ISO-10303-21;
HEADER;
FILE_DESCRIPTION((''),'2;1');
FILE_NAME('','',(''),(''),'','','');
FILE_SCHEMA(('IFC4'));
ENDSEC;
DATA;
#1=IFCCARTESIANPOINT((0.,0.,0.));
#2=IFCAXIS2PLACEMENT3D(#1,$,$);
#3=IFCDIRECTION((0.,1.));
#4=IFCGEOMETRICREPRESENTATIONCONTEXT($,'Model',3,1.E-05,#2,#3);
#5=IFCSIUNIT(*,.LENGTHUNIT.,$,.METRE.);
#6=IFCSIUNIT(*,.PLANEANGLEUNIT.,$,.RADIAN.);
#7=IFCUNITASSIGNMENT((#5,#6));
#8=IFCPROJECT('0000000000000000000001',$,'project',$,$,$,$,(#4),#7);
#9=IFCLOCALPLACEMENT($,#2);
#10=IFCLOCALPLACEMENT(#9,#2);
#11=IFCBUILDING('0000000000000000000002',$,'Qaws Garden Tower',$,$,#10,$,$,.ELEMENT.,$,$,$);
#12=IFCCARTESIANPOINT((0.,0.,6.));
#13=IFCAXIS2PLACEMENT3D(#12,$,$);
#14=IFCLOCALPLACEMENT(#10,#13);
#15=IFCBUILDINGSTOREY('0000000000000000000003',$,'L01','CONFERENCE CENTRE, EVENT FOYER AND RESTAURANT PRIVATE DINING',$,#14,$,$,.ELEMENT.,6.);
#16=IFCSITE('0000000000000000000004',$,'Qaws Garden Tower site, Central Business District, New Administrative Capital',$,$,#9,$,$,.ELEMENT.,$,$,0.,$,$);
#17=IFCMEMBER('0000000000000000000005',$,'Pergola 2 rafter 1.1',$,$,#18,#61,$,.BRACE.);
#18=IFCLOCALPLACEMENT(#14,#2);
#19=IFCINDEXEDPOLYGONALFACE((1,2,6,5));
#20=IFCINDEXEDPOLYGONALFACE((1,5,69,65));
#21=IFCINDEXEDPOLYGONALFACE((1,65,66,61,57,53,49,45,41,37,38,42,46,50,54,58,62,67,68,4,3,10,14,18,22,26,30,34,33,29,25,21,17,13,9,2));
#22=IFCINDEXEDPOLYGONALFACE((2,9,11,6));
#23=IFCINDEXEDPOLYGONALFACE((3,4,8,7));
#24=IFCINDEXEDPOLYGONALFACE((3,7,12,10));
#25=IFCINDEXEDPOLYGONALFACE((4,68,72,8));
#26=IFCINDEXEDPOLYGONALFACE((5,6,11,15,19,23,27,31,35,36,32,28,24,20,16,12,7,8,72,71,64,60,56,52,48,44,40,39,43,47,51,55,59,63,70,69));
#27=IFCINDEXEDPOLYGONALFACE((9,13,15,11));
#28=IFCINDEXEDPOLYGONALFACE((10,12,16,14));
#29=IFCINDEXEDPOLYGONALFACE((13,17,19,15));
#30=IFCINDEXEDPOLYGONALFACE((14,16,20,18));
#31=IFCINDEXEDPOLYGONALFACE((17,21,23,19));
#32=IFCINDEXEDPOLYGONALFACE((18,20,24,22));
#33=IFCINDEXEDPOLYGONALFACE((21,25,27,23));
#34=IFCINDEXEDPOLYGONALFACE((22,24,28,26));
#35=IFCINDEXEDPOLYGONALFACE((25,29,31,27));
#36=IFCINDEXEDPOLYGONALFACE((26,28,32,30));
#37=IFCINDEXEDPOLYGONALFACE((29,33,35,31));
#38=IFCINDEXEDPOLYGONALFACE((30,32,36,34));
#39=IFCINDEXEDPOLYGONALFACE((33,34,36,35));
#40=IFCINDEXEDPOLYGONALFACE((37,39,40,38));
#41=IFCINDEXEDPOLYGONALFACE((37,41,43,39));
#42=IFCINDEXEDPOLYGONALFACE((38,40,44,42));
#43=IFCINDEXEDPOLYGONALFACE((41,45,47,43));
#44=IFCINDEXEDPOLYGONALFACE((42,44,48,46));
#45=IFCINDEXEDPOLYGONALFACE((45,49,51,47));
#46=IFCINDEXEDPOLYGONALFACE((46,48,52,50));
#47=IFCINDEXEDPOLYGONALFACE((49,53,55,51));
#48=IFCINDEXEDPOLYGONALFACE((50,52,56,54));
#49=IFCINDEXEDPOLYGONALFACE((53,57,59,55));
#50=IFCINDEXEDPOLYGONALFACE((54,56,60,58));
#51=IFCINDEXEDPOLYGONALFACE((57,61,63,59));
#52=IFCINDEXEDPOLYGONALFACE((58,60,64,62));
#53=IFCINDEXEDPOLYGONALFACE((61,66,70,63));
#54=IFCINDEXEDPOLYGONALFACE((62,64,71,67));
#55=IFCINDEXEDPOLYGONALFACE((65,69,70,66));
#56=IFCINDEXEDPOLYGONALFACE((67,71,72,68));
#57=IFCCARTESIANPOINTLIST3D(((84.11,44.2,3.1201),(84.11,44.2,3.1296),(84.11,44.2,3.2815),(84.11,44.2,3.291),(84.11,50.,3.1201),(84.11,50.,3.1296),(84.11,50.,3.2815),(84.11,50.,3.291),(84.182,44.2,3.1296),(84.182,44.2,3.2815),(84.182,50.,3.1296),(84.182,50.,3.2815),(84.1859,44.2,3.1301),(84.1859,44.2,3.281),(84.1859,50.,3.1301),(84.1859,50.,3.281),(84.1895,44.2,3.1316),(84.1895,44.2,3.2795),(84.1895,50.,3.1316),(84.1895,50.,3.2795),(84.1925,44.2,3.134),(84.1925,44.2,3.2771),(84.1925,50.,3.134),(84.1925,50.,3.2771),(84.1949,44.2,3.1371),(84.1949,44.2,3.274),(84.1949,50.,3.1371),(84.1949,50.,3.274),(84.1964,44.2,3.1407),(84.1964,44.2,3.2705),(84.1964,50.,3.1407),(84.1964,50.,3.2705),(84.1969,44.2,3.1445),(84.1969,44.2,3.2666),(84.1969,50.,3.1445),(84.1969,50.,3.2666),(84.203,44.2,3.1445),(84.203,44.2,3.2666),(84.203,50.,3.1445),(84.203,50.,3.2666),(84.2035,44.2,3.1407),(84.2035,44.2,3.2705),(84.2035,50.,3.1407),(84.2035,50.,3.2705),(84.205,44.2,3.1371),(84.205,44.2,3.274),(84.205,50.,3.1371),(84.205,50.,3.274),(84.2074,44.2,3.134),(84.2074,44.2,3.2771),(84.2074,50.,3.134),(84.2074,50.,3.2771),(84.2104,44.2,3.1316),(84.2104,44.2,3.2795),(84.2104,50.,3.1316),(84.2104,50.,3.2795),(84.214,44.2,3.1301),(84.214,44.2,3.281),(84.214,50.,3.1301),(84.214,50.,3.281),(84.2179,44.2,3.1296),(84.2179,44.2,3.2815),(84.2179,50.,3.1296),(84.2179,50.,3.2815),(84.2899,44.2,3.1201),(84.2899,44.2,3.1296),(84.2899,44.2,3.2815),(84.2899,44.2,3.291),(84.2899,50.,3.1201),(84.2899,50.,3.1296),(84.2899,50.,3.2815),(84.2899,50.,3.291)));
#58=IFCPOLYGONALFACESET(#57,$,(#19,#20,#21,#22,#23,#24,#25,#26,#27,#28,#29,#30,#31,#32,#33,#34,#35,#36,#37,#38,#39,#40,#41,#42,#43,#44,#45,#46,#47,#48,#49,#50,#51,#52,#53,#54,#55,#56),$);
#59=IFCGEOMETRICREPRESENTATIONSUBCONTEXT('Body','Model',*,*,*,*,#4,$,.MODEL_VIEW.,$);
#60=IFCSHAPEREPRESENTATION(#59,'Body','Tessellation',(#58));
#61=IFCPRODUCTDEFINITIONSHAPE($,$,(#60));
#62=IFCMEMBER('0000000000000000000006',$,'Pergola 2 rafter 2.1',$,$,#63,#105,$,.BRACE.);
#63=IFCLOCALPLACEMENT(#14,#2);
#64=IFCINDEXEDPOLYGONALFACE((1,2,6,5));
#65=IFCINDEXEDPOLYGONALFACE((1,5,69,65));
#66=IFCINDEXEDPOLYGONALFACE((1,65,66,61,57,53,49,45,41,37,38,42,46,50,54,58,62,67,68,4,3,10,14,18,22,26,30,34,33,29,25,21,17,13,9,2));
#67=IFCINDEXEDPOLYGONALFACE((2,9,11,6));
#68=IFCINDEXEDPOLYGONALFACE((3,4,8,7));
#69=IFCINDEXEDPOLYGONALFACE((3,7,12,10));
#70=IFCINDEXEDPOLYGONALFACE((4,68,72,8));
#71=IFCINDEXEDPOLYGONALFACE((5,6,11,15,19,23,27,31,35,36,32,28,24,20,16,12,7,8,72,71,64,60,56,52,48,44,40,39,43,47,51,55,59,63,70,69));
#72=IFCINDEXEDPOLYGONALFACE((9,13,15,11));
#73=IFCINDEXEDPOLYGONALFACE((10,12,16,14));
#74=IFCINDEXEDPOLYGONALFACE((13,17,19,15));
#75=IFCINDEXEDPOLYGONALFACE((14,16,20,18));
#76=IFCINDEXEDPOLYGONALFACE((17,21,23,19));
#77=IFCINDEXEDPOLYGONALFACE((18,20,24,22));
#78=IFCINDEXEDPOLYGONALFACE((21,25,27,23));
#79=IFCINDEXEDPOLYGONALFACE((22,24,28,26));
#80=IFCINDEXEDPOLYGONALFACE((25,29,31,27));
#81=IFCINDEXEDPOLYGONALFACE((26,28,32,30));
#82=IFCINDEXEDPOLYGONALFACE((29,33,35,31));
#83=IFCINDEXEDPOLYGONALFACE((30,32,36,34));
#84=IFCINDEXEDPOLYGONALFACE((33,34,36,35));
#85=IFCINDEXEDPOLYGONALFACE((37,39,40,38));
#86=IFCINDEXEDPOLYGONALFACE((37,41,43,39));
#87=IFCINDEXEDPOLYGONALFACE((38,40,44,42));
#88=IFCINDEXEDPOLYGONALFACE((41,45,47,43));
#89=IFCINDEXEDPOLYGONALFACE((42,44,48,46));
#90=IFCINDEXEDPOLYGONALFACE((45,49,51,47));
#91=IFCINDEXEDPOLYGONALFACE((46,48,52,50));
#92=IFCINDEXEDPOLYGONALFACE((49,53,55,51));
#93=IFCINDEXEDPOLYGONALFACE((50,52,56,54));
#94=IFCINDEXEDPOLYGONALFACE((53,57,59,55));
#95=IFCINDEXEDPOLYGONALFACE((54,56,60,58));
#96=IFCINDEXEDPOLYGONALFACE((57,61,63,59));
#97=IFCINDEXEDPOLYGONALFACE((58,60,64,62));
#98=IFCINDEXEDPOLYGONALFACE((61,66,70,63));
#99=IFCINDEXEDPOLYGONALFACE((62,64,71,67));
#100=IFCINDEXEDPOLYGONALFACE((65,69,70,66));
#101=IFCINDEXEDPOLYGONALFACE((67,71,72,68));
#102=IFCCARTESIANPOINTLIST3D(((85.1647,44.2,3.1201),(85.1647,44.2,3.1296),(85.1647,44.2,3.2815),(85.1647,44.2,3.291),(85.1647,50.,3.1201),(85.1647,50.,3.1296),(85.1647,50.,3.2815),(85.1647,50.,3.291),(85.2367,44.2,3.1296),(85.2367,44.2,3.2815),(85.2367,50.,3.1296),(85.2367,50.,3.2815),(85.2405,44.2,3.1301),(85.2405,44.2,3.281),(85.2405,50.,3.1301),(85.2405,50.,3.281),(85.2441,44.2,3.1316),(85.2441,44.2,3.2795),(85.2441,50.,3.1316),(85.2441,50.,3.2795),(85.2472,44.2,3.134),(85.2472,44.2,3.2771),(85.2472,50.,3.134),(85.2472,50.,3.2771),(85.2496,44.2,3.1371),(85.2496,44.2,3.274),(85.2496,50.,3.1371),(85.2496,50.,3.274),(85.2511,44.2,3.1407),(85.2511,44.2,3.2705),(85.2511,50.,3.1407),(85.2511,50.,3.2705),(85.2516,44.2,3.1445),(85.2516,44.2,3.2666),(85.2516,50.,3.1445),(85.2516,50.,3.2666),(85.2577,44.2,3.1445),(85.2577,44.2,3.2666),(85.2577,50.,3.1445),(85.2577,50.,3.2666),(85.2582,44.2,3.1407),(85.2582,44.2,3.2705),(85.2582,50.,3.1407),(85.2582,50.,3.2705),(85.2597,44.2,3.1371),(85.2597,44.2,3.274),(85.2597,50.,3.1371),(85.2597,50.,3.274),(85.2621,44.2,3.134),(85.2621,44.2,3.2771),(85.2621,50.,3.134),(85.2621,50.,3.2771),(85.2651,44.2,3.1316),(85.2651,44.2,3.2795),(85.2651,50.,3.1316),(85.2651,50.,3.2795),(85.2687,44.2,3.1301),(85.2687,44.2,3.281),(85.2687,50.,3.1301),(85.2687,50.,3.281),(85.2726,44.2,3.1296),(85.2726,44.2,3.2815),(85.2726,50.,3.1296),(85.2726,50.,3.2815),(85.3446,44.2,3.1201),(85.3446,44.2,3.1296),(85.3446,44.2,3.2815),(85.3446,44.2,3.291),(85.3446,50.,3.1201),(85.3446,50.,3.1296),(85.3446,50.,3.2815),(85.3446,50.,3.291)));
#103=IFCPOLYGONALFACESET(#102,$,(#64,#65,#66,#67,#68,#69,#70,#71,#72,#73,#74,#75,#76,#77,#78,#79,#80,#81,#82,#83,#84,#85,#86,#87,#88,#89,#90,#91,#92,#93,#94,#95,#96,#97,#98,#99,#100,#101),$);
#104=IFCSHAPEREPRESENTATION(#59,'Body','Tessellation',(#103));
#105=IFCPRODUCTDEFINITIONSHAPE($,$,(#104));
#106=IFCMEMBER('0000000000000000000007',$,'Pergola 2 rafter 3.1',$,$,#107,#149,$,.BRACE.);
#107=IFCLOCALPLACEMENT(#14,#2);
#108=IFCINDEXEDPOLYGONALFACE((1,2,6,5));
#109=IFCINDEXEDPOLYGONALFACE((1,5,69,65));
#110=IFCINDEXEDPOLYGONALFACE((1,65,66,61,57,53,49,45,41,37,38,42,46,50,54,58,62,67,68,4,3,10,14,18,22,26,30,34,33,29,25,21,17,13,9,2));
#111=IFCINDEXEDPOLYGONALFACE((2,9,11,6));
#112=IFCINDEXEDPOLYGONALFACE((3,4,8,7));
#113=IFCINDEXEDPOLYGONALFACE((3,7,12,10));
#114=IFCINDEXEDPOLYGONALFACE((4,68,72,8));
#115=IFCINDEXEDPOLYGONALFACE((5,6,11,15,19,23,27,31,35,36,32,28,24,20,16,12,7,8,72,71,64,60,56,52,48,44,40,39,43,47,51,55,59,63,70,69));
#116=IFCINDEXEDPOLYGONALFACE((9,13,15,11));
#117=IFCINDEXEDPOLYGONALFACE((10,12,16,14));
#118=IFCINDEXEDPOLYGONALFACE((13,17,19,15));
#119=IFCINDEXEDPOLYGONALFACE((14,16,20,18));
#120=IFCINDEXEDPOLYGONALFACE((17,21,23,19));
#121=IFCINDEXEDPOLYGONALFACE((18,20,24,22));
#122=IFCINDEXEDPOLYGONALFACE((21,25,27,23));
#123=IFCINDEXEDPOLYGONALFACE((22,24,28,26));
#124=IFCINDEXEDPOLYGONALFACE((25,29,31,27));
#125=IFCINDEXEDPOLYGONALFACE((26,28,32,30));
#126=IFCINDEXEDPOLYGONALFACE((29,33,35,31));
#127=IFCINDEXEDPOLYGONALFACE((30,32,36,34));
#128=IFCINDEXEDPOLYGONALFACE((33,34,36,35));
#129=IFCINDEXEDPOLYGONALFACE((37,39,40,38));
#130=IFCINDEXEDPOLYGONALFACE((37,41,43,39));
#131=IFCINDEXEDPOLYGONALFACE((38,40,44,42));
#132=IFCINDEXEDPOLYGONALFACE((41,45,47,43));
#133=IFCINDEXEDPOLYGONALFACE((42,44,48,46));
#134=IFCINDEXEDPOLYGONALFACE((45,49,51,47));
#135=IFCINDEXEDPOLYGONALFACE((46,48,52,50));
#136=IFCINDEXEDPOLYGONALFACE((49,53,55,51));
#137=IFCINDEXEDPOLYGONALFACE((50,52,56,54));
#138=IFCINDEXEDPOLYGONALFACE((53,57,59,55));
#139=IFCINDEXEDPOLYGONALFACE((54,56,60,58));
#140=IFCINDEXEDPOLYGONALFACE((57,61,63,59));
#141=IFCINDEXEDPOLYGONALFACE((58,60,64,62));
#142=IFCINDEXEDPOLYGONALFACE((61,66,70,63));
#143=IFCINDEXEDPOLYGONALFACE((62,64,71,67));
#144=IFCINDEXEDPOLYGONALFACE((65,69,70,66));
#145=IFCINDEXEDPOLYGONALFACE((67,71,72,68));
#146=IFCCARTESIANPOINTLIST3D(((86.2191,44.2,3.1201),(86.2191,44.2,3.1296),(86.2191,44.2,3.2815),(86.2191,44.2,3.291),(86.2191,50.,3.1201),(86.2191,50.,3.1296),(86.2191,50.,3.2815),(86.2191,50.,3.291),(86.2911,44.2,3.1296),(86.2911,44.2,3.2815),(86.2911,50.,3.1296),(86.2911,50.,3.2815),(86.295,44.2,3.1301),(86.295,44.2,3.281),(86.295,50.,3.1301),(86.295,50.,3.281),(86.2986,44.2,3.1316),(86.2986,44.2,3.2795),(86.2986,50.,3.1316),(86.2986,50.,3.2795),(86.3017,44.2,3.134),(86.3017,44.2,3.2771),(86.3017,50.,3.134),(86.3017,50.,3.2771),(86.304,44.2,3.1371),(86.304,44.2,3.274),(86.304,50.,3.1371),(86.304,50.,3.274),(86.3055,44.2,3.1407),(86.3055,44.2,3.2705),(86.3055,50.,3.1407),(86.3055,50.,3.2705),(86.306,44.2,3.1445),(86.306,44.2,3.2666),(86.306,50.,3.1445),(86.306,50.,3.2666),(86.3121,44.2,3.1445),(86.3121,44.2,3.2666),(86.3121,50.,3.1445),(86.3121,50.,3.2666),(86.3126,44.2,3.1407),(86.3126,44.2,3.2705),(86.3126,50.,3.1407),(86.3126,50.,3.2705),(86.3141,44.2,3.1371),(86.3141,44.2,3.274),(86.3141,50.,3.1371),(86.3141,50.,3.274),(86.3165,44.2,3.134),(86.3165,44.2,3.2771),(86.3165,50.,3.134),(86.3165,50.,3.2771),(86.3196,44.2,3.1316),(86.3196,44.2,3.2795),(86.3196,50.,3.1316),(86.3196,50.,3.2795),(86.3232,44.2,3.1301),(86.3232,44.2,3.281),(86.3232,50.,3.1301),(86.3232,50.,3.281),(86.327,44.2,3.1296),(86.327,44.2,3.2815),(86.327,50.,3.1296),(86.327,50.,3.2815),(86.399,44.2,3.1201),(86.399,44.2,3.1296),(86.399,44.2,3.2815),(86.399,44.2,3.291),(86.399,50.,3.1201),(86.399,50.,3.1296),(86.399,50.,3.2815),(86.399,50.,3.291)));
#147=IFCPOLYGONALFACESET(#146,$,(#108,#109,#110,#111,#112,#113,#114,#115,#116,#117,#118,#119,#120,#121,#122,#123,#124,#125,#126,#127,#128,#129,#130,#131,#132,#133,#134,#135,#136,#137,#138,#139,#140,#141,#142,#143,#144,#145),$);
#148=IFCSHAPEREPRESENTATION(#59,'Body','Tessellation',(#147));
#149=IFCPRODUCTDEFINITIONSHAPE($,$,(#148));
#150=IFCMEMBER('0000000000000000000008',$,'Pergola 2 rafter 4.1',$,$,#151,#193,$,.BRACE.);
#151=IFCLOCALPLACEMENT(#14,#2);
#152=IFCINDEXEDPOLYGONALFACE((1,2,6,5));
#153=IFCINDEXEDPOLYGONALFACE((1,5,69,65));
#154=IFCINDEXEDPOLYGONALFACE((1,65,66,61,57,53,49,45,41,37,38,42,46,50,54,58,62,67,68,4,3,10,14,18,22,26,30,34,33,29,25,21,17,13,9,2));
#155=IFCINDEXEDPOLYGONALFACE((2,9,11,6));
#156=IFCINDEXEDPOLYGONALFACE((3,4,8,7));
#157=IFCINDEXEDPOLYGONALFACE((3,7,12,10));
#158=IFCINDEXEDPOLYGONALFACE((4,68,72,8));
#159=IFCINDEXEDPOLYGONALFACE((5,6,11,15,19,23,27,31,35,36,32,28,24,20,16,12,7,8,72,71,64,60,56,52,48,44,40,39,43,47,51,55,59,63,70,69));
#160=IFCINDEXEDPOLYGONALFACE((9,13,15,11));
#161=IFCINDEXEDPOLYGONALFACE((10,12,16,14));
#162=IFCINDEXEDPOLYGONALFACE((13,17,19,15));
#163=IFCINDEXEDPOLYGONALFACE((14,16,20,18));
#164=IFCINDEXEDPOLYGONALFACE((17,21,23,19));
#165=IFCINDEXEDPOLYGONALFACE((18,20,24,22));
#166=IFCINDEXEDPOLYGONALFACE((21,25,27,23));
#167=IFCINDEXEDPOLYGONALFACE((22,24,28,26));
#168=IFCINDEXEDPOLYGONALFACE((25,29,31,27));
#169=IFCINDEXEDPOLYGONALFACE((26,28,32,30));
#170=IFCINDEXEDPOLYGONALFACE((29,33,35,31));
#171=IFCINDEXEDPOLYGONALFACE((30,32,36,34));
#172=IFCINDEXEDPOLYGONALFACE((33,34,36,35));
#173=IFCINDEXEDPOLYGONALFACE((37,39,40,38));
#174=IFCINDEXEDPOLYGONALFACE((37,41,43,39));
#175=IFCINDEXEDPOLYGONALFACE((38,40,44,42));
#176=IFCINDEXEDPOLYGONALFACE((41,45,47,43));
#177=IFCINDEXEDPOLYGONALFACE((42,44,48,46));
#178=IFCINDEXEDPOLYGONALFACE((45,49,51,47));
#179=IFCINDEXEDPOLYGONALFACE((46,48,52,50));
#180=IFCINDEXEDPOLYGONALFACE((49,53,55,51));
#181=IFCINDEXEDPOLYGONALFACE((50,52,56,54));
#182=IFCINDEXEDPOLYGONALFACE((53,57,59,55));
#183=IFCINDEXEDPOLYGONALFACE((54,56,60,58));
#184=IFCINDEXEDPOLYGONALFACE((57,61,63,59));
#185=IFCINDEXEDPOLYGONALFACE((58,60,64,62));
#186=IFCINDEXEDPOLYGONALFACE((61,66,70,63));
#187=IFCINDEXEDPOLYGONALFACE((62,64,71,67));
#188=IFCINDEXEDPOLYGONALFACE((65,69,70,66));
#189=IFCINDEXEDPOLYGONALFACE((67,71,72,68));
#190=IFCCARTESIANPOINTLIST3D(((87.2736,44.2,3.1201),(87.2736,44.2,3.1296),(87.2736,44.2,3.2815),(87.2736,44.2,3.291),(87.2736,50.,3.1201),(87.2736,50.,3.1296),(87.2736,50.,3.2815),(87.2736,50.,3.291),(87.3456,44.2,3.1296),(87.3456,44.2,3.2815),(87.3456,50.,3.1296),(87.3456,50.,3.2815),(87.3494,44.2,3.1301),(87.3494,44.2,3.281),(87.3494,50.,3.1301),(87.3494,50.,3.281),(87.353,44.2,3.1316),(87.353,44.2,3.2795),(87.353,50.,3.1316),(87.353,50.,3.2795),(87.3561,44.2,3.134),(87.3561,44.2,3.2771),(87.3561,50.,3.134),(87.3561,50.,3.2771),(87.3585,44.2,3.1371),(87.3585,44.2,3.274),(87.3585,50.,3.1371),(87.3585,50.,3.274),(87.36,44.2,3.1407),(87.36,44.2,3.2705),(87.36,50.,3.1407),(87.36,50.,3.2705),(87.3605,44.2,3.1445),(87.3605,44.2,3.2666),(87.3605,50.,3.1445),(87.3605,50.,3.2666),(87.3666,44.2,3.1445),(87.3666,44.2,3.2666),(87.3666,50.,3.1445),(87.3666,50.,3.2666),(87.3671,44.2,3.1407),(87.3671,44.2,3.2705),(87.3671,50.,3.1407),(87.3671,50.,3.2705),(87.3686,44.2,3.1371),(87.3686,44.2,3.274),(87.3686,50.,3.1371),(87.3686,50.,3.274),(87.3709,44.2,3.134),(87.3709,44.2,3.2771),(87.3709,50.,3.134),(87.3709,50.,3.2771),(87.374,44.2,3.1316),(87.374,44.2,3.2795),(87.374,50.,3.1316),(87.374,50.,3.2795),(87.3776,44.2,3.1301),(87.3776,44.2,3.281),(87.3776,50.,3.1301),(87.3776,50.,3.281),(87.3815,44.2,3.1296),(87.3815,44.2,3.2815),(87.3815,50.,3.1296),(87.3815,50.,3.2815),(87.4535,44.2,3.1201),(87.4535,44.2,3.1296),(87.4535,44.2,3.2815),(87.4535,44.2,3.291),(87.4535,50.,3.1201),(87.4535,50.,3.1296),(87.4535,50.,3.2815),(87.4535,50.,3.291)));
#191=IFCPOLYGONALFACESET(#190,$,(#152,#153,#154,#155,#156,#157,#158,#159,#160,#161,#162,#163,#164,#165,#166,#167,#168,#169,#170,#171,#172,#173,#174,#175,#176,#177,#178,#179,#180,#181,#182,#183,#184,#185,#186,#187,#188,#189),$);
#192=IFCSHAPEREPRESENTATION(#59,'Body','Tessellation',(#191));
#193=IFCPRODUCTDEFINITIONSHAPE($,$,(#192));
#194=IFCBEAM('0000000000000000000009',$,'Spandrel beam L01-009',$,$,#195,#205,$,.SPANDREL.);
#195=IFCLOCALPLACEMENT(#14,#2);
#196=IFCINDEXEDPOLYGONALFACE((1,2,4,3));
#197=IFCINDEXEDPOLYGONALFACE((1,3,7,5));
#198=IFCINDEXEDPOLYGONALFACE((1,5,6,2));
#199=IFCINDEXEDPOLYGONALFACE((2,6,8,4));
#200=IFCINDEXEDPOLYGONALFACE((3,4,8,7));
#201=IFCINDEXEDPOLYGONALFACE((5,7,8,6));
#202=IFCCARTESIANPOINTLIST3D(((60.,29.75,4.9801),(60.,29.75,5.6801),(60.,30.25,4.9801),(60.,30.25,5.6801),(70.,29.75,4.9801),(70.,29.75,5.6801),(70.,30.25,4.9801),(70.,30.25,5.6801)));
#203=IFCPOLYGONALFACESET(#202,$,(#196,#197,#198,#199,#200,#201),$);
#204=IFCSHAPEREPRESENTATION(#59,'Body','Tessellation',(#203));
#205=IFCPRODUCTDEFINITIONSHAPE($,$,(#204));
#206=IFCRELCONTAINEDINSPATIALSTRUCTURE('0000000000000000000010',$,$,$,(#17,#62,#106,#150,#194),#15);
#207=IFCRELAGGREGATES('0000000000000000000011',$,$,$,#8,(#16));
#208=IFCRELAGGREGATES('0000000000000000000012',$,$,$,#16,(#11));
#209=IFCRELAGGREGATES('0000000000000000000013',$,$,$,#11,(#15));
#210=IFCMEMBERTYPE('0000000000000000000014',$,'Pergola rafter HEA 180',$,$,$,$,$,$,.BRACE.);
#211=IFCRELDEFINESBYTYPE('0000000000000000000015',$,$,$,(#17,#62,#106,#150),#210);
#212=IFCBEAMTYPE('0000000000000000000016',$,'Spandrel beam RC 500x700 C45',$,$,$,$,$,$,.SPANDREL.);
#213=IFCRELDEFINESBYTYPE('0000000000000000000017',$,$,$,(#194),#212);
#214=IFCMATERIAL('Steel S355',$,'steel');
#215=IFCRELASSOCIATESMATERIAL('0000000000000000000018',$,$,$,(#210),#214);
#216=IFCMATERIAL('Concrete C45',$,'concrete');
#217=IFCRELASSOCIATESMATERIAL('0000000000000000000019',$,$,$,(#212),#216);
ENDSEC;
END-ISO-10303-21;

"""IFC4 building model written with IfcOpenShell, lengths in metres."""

from ifc_helpers import new_model, si_unit, direction, frame, origin, origin_2d, place, context, subcontext, project, spatial, rectangle, i_section, extrude, material, material_profile, profile_set, type_object, element, save


model = new_model("IFC4")

# Units and contexts
model_context = context("Model", 3, precision=1e-05, world=origin(), true_north=direction((0.0, 1.0)))
body_context = subcontext(model_context, "Body", "Model", "MODEL_VIEW")
ifc_project = project(units=[si_unit("LENGTHUNIT", "METRE"), si_unit("PLANEANGLEUNIT", "RADIAN")], contexts=[model_context])

# Site, building, storey
site_placement = place(None, origin())
site = spatial("IfcSite", under=ifc_project, at=site_placement, Name="Qaws Garden Tower site, Central Business District, New Administrative Capital", CompositionType="ELEMENT", RefElevation=0.0)
building_placement = place(site_placement, origin())
building = spatial("IfcBuilding", under=site, at=building_placement, Name="Qaws Garden Tower", CompositionType="ELEMENT")
storey_placement = place(building_placement, frame((0.0, 0.0, 6.0)))
storey = spatial("IfcBuildingStorey", under=building, at=storey_placement, Name="L01", Description="CONFERENCE CENTRE, EVENT FOYER AND RESTAURANT PRIVATE DINING", CompositionType="ELEMENT", Elevation=6.0)

# Members
ifc_material_1 = material(Name="Steel S355", Category="steel")
ifc_material_profile_1 = material_profile(ifc_material_1, i_section(OverallWidth=0.1799, OverallDepth=0.1709, WebThickness=0.0061, FlangeThickness=0.0095, FilletRadius=0.0149, at=origin_2d()), Name="HEA 180")
ifc_profile_set_1 = profile_set([ifc_material_profile_1], Name="Steel S355")
member_type = type_object("IfcMemberType", Name="Pergola rafter HEA 180", PredefinedType="BRACE", material=ifc_profile_set_1)
for number, where, z_axis, x_axis, name in (
    (1, (84.2, 44.2, 3.2056), (0.0, 1.0, 0.0), (-1.0, 0.0, 0.0), "Pergola 2 rafter 1.1"),
    (2, (85.2546, 44.2, 3.2056), (0.0, 1.0, 0.0), (-1.0, 0.0, 0.0), "Pergola 2 rafter 2.1"),
    (3, (86.3091, 44.2, 3.2056), (0.0, 1.0, 0.0), (-1.0, 0.0, 0.0), "Pergola 2 rafter 3.1"),
    (4, (87.3635, 44.2, 3.2056), (0.0, 1.0, 0.0), (-1.0, 0.0, 0.0), "Pergola 2 rafter 4.1"),
):
    element("IfcMember", number, at=place(storey_placement, frame(where, z_axis=z_axis, x_axis=x_axis)), inside=storey, type_object=member_type, Name=name, PredefinedType="BRACE", context=body_context, shape_type="SweptSolid", body=[
        extrude(i_section(OverallWidth=0.1799, OverallDepth=0.1709, WebThickness=0.0061, FlangeThickness=0.0095, FilletRadius=0.0149, at=origin_2d()), origin(), (0.0, 0.0, 1.0), 5.8),
    ])

# Beam
ifc_material_2 = material(Name="Concrete C45", Category="concrete")
ifc_material_profile_2 = material_profile(ifc_material_2, rectangle(XDim=0.5, YDim=0.7, at=origin_2d()), Name="RC 500x700")
ifc_profile_set_2 = profile_set([ifc_material_profile_2], Name="Concrete C45")
beam_type_1 = type_object("IfcBeamType", Name="Spandrel beam RC 500x700 C45", PredefinedType="SPANDREL", material=ifc_profile_set_2)
beam_1_placement = place(storey_placement, frame((70.0, 30.0, 5.3301), z_axis=(-1.0, 0.0, 0.0), x_axis=(0.0, -1.0, 0.0)))
element("IfcBeam", 5, at=beam_1_placement, inside=storey, type_object=beam_type_1, Name="Spandrel beam L01-009", PredefinedType="SPANDREL", context=body_context, shape_type="SweptSolid", body=[
    extrude(rectangle(XDim=0.5, YDim=0.7, at=origin_2d()), origin(), (0.0, 0.0, 1.0), 10.0),
])

save(model, "model.ifc")
